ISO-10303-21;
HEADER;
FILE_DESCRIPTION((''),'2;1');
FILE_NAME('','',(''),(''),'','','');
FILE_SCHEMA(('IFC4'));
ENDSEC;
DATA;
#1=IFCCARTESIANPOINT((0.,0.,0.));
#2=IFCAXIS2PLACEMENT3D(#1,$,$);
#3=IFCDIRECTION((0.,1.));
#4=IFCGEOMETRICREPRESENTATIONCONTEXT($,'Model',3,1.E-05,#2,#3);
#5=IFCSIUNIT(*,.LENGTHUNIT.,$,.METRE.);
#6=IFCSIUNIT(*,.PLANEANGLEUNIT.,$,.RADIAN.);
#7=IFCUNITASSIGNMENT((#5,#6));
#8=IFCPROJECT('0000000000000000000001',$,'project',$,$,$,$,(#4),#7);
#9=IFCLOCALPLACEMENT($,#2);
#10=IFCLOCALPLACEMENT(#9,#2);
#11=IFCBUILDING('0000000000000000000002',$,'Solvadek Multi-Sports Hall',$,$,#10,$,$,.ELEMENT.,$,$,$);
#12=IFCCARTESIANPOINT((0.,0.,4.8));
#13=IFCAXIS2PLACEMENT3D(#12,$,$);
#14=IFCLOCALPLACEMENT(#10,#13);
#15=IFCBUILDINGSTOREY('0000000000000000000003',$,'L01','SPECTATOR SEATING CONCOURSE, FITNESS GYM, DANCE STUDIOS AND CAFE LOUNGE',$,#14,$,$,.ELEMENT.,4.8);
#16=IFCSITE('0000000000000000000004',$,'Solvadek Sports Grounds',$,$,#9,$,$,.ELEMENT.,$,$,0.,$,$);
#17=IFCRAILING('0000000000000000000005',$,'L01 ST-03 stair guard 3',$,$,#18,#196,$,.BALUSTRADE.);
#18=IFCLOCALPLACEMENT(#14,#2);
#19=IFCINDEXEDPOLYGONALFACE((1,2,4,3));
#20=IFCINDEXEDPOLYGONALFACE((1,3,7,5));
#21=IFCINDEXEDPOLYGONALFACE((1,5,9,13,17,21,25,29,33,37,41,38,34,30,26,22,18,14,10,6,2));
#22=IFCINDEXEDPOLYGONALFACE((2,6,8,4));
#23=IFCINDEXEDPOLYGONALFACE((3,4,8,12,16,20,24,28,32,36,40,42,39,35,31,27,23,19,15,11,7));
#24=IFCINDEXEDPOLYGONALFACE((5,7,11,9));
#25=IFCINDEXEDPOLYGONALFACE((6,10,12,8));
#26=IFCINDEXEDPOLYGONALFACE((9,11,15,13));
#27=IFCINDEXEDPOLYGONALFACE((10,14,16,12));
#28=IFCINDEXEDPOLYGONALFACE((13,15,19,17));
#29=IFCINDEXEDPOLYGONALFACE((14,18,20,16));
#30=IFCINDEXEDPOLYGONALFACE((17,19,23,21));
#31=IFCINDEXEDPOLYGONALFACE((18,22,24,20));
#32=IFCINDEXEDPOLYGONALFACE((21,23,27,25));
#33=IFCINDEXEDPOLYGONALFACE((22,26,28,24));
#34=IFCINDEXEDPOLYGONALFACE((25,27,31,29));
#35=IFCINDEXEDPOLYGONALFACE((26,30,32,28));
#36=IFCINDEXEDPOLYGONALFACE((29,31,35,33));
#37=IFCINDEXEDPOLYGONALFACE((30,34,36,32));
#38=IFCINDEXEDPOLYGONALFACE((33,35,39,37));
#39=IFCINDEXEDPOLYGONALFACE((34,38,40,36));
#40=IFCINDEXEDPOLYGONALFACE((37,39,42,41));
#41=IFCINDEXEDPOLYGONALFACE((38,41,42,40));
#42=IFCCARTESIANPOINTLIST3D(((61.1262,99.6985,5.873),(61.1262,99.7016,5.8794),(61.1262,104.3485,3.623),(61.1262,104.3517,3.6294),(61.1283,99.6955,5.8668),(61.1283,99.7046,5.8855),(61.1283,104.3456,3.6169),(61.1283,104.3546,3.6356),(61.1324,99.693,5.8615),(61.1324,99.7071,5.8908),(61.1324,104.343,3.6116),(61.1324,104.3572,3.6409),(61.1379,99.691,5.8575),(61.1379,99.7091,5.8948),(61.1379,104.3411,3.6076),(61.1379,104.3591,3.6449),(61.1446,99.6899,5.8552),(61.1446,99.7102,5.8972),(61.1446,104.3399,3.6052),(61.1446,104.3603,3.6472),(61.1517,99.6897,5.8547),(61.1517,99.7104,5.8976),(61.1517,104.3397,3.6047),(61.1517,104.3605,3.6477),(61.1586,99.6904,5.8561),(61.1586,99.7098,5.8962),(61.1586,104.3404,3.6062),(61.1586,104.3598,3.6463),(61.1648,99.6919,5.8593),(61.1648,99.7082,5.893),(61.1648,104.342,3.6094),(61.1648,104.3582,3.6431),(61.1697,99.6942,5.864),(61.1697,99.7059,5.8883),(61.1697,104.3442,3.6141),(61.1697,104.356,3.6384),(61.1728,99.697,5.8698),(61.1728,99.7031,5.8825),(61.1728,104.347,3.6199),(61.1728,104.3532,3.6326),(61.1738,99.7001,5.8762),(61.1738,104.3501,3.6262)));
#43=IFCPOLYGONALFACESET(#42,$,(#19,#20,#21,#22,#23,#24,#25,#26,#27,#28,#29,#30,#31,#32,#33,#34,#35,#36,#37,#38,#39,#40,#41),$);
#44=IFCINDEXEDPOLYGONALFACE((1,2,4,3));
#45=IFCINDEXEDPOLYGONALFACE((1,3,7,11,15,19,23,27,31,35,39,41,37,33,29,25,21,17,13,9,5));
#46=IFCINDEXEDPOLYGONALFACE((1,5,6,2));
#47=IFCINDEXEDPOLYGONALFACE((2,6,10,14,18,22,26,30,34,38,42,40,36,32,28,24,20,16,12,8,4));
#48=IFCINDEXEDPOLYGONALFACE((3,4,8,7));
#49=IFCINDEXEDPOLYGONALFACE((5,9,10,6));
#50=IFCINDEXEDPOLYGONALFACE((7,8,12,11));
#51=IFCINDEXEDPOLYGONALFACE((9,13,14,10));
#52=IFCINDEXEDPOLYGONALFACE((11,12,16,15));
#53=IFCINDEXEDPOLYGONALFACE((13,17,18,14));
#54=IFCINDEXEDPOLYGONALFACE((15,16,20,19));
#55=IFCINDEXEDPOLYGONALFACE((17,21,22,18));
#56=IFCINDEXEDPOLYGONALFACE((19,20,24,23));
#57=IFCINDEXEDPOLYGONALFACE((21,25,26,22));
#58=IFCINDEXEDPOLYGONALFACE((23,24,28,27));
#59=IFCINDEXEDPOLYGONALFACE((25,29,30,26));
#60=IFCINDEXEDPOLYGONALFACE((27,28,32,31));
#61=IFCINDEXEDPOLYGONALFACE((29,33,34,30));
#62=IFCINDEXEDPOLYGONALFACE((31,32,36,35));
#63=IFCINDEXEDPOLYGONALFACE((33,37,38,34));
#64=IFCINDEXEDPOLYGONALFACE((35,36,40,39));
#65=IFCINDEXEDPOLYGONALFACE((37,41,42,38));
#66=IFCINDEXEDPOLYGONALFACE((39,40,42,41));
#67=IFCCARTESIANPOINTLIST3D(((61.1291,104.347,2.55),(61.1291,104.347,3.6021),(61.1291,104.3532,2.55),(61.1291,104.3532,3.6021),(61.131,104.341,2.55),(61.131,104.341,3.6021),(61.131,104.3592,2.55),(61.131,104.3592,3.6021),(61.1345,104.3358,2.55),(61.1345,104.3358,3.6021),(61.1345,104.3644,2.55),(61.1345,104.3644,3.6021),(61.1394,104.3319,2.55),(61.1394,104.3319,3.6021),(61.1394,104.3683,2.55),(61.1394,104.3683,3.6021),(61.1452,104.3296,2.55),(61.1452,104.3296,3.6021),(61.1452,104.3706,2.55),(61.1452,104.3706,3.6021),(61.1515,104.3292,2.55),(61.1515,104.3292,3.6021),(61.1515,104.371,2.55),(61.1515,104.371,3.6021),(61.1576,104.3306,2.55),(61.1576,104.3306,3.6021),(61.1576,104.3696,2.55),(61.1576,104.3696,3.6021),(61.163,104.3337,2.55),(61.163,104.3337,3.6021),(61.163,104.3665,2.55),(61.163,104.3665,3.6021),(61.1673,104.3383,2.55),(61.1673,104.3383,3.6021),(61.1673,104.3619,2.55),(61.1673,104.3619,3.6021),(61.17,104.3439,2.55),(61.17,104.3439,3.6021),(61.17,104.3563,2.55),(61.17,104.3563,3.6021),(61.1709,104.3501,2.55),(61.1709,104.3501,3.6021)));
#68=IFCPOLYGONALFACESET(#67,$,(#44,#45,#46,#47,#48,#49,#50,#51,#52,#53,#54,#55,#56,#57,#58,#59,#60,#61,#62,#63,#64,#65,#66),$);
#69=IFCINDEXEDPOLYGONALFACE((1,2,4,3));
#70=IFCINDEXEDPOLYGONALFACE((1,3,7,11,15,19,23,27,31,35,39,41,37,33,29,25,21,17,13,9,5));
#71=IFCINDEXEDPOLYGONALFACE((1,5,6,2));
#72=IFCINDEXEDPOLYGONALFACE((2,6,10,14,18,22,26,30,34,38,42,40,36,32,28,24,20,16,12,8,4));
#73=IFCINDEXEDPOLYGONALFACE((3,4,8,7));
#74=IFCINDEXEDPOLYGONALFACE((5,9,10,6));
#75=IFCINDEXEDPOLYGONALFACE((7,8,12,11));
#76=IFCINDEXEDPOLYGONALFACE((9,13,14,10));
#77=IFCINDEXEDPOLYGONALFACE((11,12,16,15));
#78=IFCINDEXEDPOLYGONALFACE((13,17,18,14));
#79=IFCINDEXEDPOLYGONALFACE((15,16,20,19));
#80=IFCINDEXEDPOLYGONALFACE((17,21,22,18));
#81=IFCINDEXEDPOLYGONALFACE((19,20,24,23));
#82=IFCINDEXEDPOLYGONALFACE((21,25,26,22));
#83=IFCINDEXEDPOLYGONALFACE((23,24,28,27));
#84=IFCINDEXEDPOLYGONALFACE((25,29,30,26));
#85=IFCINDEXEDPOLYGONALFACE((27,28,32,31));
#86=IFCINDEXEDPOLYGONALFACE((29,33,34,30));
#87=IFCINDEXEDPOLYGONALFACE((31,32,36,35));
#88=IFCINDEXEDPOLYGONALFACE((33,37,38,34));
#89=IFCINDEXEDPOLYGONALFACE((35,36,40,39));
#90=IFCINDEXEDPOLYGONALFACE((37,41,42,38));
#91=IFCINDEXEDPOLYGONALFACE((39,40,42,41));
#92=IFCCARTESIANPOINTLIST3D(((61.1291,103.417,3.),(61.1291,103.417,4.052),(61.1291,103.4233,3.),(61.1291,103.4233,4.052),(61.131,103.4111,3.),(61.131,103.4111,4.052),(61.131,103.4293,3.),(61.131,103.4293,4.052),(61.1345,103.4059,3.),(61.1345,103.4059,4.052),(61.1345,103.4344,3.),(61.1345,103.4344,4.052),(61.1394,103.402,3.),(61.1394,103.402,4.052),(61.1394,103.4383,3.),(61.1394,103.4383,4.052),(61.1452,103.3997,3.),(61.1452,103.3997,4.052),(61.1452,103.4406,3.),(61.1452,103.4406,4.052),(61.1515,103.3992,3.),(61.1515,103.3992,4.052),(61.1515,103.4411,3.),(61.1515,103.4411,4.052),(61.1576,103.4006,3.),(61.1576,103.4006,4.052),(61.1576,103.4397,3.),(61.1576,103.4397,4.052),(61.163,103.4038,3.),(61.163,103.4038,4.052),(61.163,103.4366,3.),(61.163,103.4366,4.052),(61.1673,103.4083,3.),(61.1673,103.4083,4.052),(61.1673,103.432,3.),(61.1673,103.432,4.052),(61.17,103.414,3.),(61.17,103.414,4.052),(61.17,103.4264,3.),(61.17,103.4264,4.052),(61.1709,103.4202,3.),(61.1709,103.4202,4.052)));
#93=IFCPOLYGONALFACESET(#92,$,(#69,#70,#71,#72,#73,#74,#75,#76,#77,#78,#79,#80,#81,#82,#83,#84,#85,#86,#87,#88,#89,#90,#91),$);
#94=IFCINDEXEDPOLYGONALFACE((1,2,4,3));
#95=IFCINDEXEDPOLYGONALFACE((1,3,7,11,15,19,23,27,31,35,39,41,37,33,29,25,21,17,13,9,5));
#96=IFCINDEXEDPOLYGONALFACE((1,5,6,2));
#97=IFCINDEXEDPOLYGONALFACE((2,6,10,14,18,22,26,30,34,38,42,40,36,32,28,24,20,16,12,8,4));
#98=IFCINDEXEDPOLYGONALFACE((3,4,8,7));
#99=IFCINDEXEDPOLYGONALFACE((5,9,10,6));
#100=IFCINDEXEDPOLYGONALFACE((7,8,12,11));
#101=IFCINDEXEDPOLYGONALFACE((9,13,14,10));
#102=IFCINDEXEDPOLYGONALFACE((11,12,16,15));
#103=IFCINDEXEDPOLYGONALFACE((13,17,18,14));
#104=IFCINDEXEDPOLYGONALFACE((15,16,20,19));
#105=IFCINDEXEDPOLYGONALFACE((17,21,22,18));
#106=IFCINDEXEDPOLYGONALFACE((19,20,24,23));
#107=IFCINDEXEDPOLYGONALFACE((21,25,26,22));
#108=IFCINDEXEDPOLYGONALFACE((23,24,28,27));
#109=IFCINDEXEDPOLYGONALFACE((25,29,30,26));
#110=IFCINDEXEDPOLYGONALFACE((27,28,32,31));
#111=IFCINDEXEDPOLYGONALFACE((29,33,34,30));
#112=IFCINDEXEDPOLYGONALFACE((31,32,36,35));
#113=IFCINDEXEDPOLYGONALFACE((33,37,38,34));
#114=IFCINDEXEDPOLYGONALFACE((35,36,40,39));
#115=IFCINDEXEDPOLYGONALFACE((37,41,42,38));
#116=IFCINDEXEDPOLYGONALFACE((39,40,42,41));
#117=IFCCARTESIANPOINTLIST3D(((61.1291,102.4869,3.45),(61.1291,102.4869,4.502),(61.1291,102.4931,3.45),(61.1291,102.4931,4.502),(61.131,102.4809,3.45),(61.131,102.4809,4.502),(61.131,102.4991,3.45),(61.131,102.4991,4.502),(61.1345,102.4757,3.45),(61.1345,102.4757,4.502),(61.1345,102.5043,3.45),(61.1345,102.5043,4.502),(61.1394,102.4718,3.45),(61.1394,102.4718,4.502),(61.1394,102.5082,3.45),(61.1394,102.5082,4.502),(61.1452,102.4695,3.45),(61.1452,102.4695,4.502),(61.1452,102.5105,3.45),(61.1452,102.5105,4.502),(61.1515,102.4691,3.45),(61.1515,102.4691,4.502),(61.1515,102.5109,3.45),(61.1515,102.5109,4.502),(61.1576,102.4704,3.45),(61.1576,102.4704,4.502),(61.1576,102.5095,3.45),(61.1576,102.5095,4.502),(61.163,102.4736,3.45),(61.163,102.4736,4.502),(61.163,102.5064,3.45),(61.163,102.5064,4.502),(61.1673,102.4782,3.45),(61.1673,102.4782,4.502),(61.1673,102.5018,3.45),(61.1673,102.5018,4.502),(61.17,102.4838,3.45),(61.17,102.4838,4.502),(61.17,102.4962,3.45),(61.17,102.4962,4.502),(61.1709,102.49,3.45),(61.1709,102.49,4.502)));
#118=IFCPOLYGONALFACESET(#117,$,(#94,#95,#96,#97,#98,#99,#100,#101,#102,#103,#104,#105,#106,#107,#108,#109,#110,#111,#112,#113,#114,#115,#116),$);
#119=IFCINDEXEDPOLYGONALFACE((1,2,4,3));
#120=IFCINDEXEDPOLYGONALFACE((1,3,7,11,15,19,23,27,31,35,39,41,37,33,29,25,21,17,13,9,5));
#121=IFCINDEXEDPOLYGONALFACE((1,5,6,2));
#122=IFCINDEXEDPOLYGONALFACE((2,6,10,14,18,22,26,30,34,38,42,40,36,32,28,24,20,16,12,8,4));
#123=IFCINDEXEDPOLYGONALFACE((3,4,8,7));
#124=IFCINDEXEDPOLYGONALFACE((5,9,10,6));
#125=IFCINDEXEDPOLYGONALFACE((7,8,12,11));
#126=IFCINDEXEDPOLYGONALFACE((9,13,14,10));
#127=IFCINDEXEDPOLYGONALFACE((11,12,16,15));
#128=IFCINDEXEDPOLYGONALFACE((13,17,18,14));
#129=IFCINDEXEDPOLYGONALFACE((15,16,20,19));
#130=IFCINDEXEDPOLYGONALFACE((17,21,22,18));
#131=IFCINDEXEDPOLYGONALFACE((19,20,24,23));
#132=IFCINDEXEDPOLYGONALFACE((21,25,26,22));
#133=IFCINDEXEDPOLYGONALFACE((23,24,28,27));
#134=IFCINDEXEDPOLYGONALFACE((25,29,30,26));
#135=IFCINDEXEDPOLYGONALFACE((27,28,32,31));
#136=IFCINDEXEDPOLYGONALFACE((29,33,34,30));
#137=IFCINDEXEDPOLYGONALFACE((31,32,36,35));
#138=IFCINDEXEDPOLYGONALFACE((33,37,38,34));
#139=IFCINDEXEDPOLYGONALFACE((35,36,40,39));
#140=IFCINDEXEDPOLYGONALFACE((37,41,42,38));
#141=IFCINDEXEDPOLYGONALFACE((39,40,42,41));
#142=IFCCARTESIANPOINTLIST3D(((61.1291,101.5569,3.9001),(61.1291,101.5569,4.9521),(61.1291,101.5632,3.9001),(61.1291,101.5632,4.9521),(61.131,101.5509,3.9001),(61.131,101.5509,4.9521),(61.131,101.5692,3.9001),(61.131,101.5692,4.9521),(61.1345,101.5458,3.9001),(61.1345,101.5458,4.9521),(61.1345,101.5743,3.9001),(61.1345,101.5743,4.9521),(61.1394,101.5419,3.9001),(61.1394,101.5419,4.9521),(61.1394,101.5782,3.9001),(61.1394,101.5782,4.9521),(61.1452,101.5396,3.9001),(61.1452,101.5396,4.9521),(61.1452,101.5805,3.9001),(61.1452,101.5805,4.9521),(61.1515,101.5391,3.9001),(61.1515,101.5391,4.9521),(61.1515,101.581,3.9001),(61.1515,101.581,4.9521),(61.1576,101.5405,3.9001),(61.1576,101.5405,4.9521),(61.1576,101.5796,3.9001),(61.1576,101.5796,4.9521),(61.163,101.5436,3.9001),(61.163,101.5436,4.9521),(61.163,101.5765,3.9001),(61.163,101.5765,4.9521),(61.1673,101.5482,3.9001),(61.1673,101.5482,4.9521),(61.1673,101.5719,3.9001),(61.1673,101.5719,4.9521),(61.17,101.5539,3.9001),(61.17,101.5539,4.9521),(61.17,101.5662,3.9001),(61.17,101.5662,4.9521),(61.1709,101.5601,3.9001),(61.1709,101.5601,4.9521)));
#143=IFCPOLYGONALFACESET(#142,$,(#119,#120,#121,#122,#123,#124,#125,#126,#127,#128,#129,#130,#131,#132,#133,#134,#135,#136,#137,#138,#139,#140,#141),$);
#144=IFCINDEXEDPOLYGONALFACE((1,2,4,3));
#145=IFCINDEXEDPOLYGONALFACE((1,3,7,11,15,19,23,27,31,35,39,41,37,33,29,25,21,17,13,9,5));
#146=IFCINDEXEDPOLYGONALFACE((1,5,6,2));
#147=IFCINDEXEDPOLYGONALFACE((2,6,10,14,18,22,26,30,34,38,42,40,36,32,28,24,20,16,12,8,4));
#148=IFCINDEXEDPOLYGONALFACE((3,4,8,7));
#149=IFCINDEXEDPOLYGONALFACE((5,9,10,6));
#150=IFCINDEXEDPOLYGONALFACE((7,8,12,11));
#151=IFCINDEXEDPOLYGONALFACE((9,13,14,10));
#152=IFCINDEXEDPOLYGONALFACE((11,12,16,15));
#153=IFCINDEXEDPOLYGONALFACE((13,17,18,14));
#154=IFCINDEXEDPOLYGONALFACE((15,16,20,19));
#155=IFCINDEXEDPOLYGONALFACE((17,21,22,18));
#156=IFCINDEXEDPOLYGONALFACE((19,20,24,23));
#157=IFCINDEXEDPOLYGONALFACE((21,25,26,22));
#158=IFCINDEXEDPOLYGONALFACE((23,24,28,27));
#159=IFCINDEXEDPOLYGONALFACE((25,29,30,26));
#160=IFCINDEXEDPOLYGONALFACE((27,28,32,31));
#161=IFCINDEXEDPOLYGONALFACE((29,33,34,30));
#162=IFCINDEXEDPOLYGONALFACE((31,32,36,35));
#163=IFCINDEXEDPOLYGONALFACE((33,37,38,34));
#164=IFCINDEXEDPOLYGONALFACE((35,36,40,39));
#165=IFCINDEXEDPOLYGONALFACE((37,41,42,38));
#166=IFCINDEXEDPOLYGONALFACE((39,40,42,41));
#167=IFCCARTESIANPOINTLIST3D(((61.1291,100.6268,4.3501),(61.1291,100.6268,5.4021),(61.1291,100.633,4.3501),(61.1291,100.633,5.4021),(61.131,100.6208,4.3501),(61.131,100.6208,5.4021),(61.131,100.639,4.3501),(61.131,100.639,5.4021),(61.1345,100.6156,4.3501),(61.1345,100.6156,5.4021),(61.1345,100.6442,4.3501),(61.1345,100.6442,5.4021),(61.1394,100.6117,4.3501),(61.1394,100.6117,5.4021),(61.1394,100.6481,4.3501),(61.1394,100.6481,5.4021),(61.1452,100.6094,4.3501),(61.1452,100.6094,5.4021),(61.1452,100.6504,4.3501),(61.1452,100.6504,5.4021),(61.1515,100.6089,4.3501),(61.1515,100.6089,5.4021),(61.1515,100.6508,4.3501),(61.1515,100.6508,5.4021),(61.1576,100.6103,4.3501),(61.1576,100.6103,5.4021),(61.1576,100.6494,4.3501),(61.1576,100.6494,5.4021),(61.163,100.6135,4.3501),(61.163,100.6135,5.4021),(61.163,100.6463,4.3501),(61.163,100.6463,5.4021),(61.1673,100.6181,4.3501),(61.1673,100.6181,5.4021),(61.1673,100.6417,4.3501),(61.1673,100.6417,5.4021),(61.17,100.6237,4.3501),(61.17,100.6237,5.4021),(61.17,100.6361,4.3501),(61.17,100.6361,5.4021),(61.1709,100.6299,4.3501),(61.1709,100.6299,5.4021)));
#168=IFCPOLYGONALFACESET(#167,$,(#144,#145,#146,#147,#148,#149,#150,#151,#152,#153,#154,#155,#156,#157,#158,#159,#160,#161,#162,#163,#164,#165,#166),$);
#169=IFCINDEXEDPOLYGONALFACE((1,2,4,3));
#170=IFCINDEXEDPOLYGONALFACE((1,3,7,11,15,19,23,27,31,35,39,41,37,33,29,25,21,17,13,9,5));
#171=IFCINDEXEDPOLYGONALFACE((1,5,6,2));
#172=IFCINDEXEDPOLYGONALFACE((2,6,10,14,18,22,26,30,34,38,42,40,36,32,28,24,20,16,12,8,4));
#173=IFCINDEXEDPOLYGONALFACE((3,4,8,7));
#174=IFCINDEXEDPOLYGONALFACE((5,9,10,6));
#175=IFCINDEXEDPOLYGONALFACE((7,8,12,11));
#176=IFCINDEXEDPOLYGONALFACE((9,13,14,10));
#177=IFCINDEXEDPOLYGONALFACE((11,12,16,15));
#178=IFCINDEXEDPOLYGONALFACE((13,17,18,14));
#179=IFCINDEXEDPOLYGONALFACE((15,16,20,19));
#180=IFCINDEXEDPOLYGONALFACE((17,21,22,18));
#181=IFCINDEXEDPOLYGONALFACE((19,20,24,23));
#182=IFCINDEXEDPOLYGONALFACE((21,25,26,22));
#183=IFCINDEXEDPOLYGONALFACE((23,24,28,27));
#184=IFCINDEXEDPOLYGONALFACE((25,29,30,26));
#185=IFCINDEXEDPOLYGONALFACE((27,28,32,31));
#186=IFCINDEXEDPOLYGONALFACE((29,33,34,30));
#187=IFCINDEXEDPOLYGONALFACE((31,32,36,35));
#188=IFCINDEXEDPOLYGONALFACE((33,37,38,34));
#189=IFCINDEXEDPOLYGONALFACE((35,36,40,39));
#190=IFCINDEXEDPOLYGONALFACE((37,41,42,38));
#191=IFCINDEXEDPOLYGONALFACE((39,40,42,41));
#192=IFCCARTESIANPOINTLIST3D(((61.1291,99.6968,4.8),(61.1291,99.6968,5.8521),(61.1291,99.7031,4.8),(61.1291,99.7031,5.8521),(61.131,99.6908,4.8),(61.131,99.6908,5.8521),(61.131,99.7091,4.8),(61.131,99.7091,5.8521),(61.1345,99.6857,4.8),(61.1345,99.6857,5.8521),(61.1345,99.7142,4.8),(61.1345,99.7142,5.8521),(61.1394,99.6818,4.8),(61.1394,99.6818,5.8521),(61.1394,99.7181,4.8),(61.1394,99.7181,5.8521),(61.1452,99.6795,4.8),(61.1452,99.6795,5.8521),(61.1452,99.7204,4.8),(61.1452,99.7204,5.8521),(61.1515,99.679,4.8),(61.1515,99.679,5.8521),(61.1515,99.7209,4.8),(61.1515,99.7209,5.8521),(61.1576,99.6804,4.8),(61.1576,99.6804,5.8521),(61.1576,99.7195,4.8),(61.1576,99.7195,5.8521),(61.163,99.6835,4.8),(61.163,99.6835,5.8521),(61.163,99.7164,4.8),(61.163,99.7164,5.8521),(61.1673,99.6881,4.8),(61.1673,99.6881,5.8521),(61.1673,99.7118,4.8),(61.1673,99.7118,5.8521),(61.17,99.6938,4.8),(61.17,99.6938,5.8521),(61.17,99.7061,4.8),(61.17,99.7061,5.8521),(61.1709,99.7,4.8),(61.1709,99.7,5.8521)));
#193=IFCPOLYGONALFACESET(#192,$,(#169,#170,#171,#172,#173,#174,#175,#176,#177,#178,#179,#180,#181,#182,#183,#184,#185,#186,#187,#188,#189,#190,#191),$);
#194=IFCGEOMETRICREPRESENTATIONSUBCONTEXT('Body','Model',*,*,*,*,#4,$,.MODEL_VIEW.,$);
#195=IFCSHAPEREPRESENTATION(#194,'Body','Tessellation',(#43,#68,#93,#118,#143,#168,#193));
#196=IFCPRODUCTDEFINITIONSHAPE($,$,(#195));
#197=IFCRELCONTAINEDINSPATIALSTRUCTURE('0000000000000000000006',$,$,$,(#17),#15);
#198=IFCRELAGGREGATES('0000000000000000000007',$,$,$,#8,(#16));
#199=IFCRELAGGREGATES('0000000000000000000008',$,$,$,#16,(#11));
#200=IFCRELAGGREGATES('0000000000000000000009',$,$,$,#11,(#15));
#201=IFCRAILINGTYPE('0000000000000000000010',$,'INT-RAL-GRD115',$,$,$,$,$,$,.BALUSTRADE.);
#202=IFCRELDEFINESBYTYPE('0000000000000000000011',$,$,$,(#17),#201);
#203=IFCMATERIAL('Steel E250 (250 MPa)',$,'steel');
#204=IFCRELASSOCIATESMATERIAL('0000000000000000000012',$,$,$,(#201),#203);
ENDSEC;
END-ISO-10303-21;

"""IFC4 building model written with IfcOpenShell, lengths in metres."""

from ifc_helpers import new_model, si_unit, direction, frame, origin, origin_2d, place, context, subcontext, project, spatial, circle, extrude, material, type_object, element, save


model = new_model("IFC4")

# Units and contexts
model_context = context("Model", 3, precision=1e-05, world=origin(), true_north=direction((0.0, 1.0)))
body_context = subcontext(model_context, "Body", "Model", "MODEL_VIEW")
ifc_project = project(units=[si_unit("LENGTHUNIT", "METRE"), si_unit("PLANEANGLEUNIT", "RADIAN")], contexts=[model_context])

# Site, building, storey
site_placement = place(None, origin())
site = spatial("IfcSite", under=ifc_project, at=site_placement, Name="Solvadek Sports Grounds", CompositionType="ELEMENT", RefElevation=0.0)
building_placement = place(site_placement, origin())
building = spatial("IfcBuilding", under=site, at=building_placement, Name="Solvadek Multi-Sports Hall", CompositionType="ELEMENT")
storey_placement = place(building_placement, frame((0.0, 0.0, 4.8)))
storey = spatial("IfcBuildingStorey", under=building, at=storey_placement, Name="L01", Description="SPECTATOR SEATING CONCOURSE, FITNESS GYM, DANCE STUDIOS AND CAFE LOUNGE", CompositionType="ELEMENT", Elevation=4.8)

# Shared definitions
ifc_material_1 = material(Name="Steel E250 (250 MPa)", Category="steel")

# Railing
railing_type_1 = type_object("IfcRailingType", Name="INT-RAL-GRD115", PredefinedType="BALUSTRADE", material=ifc_material_1)
railing_1_placement = place(storey_placement, frame((61.1499, 104.3501, 2.55)))
element("IfcRailing", 1, at=railing_1_placement, inside=storey, type_object=railing_type_1, Name="L01 ST-03 stair guard 3", PredefinedType="BALUSTRADE", context=body_context, shape_type="SweptSolid", body=[
    extrude(circle(Radius=0.0239, at=origin_2d()), frame((0.0, 0.0, 1.0762), z_axis=(0.0, -0.900165, 0.43555), x_axis=(1.0, 0.0, 0.0)), (0.0, 0.0, 1.0), 5.1658),
    extrude(circle(Radius=0.021, at=origin_2d()), origin(), (0.0, 0.0, 1.0), 1.052),
    extrude(circle(Radius=0.021, at=origin_2d()), frame((0.0, -0.9299, 0.45)), (0.0, 0.0, 1.0), 1.052),
    extrude(circle(Radius=0.021, at=origin_2d()), frame((0.0, -1.8601, 0.8999)), (0.0, 0.0, 1.0), 1.052),
    extrude(circle(Radius=0.021, at=origin_2d()), frame((0.0, -2.79, 1.3501)), (0.0, 0.0, 1.0), 1.052),
    extrude(circle(Radius=0.021, at=origin_2d()), frame((0.0, -3.7202, 1.8)), (0.0, 0.0, 1.0), 1.052),
    extrude(circle(Radius=0.021, at=origin_2d()), frame((0.0, -4.6501, 2.25)), (0.0, 0.0, 1.0), 1.052),
])

save(model, "model.ifc")
